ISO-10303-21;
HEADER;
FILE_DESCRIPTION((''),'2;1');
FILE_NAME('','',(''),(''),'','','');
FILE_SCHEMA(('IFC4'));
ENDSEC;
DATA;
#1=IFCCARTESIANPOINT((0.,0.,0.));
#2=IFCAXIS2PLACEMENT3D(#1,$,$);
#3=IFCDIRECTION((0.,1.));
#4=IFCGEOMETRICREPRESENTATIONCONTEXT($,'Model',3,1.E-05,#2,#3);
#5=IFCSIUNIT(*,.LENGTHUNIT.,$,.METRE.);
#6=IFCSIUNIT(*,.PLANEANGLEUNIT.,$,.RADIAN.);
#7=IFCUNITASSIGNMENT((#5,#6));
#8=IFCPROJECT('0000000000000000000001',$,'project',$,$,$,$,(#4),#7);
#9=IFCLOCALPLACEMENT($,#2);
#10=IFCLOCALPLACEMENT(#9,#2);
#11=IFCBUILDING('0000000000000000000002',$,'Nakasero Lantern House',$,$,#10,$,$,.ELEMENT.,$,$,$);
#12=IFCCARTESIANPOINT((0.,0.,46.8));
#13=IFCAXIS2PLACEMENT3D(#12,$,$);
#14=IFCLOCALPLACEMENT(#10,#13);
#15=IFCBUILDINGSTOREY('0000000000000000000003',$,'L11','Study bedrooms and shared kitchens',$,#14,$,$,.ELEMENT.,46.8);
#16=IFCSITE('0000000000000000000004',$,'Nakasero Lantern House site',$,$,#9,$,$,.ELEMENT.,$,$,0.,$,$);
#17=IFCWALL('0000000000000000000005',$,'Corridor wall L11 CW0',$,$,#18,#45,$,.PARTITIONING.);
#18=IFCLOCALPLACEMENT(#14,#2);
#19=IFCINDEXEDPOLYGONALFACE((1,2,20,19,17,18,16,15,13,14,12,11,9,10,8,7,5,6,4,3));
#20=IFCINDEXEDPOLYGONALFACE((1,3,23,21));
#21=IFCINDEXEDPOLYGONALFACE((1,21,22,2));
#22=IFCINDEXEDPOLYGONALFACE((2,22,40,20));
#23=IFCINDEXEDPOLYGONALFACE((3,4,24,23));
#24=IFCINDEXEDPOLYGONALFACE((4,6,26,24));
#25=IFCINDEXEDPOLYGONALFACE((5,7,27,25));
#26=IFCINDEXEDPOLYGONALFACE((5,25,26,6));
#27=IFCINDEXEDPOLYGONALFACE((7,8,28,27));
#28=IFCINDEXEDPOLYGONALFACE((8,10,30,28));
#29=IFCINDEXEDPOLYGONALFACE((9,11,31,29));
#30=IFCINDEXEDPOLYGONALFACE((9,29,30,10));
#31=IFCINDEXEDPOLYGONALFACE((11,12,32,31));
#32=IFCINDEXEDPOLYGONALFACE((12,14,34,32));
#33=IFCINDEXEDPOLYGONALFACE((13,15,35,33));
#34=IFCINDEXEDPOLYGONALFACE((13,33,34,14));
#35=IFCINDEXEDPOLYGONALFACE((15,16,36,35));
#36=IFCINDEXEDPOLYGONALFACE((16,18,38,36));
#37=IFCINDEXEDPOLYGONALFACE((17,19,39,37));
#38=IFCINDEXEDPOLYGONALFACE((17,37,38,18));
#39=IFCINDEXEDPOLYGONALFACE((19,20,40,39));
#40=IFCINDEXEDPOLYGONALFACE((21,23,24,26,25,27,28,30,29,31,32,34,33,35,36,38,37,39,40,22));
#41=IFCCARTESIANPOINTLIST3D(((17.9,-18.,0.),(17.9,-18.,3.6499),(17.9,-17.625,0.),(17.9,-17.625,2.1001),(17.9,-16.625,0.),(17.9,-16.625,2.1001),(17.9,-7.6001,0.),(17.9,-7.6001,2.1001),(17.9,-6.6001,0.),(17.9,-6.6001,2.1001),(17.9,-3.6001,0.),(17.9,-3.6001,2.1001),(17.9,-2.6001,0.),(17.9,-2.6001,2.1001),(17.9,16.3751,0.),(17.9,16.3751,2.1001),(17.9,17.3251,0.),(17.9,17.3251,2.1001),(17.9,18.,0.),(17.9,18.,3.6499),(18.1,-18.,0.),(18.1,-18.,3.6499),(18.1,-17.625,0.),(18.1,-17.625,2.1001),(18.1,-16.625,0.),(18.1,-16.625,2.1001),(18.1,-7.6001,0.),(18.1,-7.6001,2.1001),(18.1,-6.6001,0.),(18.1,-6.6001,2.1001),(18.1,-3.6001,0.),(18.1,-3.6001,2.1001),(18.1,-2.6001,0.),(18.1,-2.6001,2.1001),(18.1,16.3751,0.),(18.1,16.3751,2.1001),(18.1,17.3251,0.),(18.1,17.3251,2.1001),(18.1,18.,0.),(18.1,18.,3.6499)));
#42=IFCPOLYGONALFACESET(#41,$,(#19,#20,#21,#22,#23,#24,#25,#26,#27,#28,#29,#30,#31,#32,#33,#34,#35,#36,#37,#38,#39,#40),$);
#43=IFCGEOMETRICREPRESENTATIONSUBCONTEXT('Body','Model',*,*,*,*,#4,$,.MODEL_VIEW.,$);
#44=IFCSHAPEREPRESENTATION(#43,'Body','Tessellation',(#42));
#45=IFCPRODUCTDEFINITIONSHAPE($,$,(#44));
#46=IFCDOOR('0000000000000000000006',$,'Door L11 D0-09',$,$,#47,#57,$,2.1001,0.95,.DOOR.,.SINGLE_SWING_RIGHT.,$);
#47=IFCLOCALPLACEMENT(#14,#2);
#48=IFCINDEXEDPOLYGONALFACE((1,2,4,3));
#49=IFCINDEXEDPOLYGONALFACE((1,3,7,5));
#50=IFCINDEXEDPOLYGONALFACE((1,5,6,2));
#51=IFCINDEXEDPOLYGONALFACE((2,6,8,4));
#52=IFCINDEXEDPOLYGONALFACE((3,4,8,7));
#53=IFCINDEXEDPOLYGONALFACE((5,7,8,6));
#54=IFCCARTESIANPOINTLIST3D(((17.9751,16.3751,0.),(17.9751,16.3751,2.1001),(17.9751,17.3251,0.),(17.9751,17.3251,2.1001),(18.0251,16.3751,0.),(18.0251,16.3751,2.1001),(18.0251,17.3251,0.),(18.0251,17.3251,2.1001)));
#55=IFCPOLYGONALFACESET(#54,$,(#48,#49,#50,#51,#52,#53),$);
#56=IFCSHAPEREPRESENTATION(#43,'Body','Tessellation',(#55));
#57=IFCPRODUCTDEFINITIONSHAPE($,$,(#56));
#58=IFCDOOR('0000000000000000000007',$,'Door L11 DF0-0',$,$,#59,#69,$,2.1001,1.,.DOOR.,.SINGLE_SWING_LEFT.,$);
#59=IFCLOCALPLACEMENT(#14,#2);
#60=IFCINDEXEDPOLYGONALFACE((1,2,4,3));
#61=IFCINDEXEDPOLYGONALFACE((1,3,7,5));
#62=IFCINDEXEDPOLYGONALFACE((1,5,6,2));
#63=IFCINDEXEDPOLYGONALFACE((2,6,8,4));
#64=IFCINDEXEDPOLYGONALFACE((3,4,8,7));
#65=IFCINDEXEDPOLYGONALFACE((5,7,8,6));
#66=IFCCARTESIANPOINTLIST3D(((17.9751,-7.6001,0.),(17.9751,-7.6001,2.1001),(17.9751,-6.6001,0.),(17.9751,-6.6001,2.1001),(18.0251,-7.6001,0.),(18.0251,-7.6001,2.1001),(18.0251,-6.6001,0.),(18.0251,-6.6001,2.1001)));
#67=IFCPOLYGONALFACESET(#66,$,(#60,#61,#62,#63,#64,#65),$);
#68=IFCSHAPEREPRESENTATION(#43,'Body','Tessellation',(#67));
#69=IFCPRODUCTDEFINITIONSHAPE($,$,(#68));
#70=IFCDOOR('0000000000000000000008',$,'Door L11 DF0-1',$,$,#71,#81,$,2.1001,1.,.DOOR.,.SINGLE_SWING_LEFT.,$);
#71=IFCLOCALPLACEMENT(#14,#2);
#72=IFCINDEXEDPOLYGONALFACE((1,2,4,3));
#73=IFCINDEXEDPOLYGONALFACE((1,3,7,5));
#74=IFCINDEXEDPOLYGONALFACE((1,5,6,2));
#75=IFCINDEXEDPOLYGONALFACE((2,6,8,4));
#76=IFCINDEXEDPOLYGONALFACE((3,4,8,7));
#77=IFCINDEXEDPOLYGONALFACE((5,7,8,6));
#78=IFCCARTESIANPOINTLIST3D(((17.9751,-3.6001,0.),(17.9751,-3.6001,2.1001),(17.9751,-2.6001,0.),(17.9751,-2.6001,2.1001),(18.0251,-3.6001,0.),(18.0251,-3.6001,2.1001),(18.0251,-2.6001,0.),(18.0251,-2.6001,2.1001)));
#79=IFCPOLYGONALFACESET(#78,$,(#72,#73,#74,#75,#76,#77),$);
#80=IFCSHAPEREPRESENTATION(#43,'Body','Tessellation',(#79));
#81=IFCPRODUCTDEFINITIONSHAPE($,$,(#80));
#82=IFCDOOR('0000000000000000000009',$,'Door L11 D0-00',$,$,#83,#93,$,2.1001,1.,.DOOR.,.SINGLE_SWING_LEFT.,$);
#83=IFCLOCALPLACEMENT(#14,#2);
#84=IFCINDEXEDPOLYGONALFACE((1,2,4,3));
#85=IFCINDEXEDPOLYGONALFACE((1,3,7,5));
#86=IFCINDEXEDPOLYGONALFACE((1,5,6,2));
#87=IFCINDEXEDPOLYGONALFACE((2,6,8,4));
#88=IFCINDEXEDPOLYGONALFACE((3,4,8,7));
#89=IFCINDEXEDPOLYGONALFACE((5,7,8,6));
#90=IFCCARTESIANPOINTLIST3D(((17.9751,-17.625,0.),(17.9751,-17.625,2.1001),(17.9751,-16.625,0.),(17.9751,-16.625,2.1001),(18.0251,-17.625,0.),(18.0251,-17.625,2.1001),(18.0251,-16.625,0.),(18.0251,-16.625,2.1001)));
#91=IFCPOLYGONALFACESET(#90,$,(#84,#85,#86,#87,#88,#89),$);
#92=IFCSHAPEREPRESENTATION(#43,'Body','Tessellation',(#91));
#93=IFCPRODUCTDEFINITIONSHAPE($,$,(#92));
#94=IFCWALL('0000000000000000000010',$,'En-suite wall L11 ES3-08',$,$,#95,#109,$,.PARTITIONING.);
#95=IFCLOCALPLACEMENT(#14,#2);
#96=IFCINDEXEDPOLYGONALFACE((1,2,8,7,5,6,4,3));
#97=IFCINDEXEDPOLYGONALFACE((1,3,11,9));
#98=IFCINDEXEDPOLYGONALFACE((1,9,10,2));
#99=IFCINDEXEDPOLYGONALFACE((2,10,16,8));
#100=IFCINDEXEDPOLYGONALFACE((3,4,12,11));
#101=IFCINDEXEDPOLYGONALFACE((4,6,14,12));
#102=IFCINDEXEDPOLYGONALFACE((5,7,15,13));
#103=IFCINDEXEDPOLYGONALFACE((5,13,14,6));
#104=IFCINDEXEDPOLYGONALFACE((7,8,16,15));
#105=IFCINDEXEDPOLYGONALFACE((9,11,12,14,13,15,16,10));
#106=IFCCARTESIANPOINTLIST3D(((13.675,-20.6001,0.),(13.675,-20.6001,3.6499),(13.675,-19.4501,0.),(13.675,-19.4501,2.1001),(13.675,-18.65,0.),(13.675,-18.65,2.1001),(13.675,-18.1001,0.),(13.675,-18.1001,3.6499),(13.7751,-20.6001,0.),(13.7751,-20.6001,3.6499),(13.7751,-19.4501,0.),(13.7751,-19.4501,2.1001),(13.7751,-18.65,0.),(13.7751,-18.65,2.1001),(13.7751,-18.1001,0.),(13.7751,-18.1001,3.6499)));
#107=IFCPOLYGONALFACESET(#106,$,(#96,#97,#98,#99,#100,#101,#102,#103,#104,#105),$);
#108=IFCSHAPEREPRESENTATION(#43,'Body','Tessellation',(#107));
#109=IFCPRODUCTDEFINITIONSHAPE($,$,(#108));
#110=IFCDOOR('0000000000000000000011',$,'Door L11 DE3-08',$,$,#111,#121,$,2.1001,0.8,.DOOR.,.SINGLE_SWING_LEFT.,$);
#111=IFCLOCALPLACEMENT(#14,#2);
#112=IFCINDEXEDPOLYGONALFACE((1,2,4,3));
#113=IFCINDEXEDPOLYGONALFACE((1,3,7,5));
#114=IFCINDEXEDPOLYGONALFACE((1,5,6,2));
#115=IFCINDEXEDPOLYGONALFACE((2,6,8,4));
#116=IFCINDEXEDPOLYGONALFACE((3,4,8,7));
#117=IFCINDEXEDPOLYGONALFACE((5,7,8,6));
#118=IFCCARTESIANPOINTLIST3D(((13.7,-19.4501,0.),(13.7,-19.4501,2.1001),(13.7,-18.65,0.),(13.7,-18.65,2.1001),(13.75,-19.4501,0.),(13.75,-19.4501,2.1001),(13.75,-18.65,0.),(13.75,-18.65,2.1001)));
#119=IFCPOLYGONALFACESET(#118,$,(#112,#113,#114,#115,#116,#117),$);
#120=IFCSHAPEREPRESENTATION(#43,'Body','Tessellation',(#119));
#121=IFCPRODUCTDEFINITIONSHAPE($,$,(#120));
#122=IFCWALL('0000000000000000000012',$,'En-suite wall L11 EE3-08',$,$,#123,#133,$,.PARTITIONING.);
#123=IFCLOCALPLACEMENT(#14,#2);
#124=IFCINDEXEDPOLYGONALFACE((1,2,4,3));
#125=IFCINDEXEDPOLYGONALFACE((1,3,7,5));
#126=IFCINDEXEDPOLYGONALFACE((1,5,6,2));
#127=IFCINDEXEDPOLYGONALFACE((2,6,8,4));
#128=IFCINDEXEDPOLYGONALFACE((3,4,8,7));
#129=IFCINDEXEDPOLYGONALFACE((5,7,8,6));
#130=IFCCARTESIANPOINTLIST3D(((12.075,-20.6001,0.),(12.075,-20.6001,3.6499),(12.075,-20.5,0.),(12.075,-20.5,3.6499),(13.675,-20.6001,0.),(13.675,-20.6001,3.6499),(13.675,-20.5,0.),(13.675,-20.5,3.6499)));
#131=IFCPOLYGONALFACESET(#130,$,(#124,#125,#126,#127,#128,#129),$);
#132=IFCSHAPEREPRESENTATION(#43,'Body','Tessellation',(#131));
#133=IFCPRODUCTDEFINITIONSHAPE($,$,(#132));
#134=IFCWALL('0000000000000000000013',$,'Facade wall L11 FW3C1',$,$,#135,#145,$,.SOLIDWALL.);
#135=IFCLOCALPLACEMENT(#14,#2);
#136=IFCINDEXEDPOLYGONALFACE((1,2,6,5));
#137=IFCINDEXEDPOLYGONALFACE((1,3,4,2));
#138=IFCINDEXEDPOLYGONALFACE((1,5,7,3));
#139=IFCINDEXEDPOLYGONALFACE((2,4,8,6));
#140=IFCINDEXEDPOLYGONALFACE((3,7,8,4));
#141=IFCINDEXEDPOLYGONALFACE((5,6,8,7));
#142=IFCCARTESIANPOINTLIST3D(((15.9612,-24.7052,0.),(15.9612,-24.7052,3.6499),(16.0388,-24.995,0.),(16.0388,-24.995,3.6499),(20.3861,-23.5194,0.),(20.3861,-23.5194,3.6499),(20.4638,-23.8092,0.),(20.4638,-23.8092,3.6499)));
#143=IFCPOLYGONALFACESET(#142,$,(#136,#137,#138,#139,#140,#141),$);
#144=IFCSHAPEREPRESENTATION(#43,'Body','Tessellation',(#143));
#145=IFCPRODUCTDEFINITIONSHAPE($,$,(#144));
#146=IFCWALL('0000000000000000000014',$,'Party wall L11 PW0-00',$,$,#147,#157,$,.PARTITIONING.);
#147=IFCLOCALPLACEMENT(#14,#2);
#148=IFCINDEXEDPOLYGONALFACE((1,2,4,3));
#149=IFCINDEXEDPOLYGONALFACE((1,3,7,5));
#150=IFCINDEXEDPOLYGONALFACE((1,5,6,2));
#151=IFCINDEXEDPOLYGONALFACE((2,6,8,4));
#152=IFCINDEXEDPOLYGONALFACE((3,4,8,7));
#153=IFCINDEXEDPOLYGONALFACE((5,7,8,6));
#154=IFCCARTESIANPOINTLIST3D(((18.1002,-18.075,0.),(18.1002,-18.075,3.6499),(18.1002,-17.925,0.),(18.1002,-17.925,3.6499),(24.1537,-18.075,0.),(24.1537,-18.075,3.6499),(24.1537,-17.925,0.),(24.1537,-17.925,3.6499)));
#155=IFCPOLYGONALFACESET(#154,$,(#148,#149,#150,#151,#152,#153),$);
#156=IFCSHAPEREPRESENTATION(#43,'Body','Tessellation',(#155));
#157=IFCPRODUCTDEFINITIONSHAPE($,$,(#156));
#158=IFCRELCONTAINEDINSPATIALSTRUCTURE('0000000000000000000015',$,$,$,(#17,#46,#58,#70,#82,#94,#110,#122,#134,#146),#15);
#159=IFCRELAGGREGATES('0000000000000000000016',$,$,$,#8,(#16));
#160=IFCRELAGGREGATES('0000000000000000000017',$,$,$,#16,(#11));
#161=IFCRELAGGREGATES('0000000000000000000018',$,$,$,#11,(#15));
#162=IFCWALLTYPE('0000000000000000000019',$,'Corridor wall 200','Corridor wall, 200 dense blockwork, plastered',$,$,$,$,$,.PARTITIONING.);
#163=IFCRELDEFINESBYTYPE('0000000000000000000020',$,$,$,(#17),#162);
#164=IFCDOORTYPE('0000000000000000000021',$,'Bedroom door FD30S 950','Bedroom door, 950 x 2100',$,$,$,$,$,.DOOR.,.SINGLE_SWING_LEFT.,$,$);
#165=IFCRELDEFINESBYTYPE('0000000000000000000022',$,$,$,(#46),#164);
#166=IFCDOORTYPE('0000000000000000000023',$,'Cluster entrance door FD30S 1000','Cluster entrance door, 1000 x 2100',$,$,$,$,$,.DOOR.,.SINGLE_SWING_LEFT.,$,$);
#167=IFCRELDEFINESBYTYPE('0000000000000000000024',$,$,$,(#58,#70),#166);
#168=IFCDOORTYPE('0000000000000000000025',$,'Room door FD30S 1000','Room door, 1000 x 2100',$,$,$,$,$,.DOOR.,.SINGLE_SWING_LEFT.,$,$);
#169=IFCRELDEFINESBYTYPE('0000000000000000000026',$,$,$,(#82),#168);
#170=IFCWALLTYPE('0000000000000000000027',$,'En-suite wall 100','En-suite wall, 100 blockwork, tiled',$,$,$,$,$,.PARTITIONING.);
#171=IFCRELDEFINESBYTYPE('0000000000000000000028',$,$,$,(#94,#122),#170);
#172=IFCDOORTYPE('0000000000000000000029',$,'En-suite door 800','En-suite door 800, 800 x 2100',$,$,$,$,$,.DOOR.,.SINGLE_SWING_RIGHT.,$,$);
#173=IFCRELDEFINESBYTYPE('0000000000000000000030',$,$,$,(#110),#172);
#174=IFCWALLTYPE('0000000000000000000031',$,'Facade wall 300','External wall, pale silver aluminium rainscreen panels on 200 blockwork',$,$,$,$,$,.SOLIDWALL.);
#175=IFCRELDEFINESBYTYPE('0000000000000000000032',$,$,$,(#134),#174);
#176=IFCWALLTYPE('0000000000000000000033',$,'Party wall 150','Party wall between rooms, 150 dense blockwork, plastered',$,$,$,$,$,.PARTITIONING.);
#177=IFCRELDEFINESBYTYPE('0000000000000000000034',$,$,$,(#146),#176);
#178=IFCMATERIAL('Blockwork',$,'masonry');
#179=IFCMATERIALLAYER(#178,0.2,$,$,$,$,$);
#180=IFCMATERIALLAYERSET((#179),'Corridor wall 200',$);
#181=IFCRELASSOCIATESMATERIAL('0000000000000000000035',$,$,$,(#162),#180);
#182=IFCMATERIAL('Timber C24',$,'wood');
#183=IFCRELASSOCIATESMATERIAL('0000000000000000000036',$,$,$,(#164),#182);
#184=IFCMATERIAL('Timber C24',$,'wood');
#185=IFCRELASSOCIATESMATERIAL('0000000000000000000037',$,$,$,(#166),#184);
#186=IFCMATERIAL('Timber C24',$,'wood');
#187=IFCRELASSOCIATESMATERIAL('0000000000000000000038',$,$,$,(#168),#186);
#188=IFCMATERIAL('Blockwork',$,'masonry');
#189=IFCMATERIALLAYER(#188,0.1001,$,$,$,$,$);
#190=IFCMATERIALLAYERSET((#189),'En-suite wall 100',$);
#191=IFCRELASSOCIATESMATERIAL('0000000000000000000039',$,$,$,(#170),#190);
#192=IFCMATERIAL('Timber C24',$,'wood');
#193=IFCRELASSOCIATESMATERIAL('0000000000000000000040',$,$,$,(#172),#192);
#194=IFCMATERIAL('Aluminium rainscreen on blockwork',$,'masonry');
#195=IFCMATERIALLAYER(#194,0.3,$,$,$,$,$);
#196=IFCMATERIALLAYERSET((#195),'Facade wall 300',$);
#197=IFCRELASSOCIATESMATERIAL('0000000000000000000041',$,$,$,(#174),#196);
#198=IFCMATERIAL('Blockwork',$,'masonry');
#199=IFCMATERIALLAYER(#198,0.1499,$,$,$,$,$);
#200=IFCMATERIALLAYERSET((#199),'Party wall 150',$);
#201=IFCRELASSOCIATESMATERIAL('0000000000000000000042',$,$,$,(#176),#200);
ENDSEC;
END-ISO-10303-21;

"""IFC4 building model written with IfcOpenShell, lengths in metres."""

from ifc_helpers import new_model, si_unit, direction, frame, frame_2d, origin, place, context, subcontext, project, spatial, rectangle, extrude, material, layer, layer_set, type_object, element, fill, save


model = new_model("IFC4")

# Units and contexts
model_context = context("Model", 3, precision=1e-05, world=origin(), true_north=direction((0.0, 1.0)))
body_context = subcontext(model_context, "Body", "Model", "MODEL_VIEW")
ifc_project = project(units=[si_unit("LENGTHUNIT", "METRE"), si_unit("PLANEANGLEUNIT", "RADIAN")], contexts=[model_context])

# Site, building, storey
site_placement = place(None, origin())
site = spatial("IfcSite", under=ifc_project, at=site_placement, Name="Nakasero Lantern House site", CompositionType="ELEMENT", RefElevation=0.0)
building_placement = place(site_placement, origin())
building = spatial("IfcBuilding", under=site, at=building_placement, Name="Nakasero Lantern House", CompositionType="ELEMENT")
storey_placement = place(building_placement, frame((0.0, 0.0, 46.8)))
storey = spatial("IfcBuildingStorey", under=building, at=storey_placement, Name="L11", Description="Study bedrooms and shared kitchens", CompositionType="ELEMENT", Elevation=46.8)

# Wall, openings, doors
ifc_material_1 = material(Name="Blockwork", Category="masonry")
ifc_layer_1 = layer(ifc_material_1, 0.2)
ifc_layer_set_1 = layer_set([ifc_layer_1], Name="Corridor wall 200")
wall_type_1 = type_object("IfcWallType", Name="Corridor wall 200", Description="Corridor wall, 200 dense blockwork, plastered", PredefinedType="PARTITIONING", material=ifc_layer_set_1)
wall_1_placement = place(storey_placement, frame((18.0, -18.0, 0.0), z_axis=(0.0, 0.0, 1.0), x_axis=(0.0, 1.0, 0.0)))
wall_1 = element("IfcWall", 1, at=wall_1_placement, inside=storey, type_object=wall_type_1, Name="Corridor wall L11 CW0", PredefinedType="PARTITIONING", context=body_context, shape_type="SweptSolid", body=[
    extrude(rectangle(XDim=36.0, YDim=0.2, at=frame_2d((18.0, 0.0))), origin(), (0.0, 0.0, 1.0), 3.6499),
])
opening_1_placement = place(wall_1_placement, frame((10.3999, 0.0, 0.0)))
opening_1 = element("IfcOpeningElement", 2, at=opening_1_placement, cuts=wall_1, PredefinedType="OPENING", context=body_context, shape_type="SweptSolid", body=[
    extrude(rectangle(XDim=1.0, YDim=2.1001, at=frame_2d((0.5, 1.05))), frame((0.0, 0.1199, 0.0), z_axis=(0.0, -1.0, 0.0), x_axis=(1.0, 0.0, 0.0)), (0.0, 0.0, 1.0), 0.24),
])
opening_2_placement = place(wall_1_placement, frame((14.3999, 0.0, 0.0)))
opening_2 = element("IfcOpeningElement", 3, at=opening_2_placement, cuts=wall_1, PredefinedType="OPENING", context=body_context, shape_type="SweptSolid", body=[
    extrude(rectangle(XDim=1.0, YDim=2.1001, at=frame_2d((0.5, 1.05))), frame((0.0, 0.1199, 0.0), z_axis=(0.0, -1.0, 0.0), x_axis=(1.0, 0.0, 0.0)), (0.0, 0.0, 1.0), 0.24),
])
opening_3_placement = place(wall_1_placement, frame((0.375, 0.0, 0.0)))
opening_3 = element("IfcOpeningElement", 4, at=opening_3_placement, cuts=wall_1, PredefinedType="OPENING", context=body_context, shape_type="SweptSolid", body=[
    extrude(rectangle(XDim=1.0, YDim=2.1001, at=frame_2d((0.5, 1.05))), frame((0.0, 0.1199, 0.0), z_axis=(0.0, -1.0, 0.0), x_axis=(1.0, 0.0, 0.0)), (0.0, 0.0, 1.0), 0.24),
])
opening_4_placement = place(wall_1_placement, frame((34.375, 0.0, 0.0)))
opening_4 = element("IfcOpeningElement", 5, at=opening_4_placement, cuts=wall_1, PredefinedType="OPENING", context=body_context, shape_type="SweptSolid", body=[
    extrude(rectangle(XDim=0.95, YDim=2.1001, at=frame_2d((0.4751, 1.05))), frame((0.0, 0.1199, 0.0), z_axis=(0.0, -1.0, 0.0), x_axis=(1.0, 0.0, 0.0)), (0.0, 0.0, 1.0), 0.24),
])
ifc_material_2 = material(Name="Timber C24", Category="wood")
door_type_1 = type_object("IfcDoorType", Name="Bedroom door FD30S 950", Description="Bedroom door, 950 x 2100", OperationType="SINGLE_SWING_LEFT", PredefinedType="DOOR", material=ifc_material_2)
door_1_placement = place(opening_4_placement, origin())
door_1 = element("IfcDoor", 6, at=door_1_placement, inside=storey, type_object=door_type_1, Name="Door L11 D0-09", OperationType="SINGLE_SWING_RIGHT", OverallHeight=2.1001, OverallWidth=0.95, PredefinedType="DOOR", context=body_context, shape_type="SweptSolid", body=[
    extrude(rectangle(XDim=0.95, YDim=2.1001, at=frame_2d((0.4751, 1.05))), frame((0.0, 0.0249, 0.0), z_axis=(0.0, -1.0, 0.0), x_axis=(1.0, 0.0, 0.0)), (0.0, 0.0, 1.0), 0.05),
])
fill(opening_4, door_1)
ifc_material_3 = material(Name="Timber C24", Category="wood")
door_type_2 = type_object("IfcDoorType", Name="Cluster entrance door FD30S 1000", Description="Cluster entrance door, 1000 x 2100", OperationType="SINGLE_SWING_LEFT", PredefinedType="DOOR", material=ifc_material_3)
door_2_placement = place(opening_1_placement, origin())
door_2 = element("IfcDoor", 7, at=door_2_placement, inside=storey, type_object=door_type_2, Name="Door L11 DF0-0", OperationType="SINGLE_SWING_LEFT", OverallHeight=2.1001, OverallWidth=1.0, PredefinedType="DOOR", context=body_context, shape_type="SweptSolid", body=[
    extrude(rectangle(XDim=1.0, YDim=2.1001, at=frame_2d((0.5, 1.05))), frame((0.0, 0.0249, 0.0), z_axis=(0.0, -1.0, 0.0), x_axis=(1.0, 0.0, 0.0)), (0.0, 0.0, 1.0), 0.05),
])
fill(opening_1, door_2)
door_3_placement = place(opening_2_placement, origin())
door_3 = element("IfcDoor", 8, at=door_3_placement, inside=storey, type_object=door_type_2, Name="Door L11 DF0-1", OperationType="SINGLE_SWING_LEFT", OverallHeight=2.1001, OverallWidth=1.0, PredefinedType="DOOR", context=body_context, shape_type="SweptSolid", body=[
    extrude(rectangle(XDim=1.0, YDim=2.1001, at=frame_2d((0.5, 1.05))), frame((0.0, 0.0249, 0.0), z_axis=(0.0, -1.0, 0.0), x_axis=(1.0, 0.0, 0.0)), (0.0, 0.0, 1.0), 0.05),
])
fill(opening_2, door_3)
ifc_material_4 = material(Name="Timber C24", Category="wood")
door_type_3 = type_object("IfcDoorType", Name="Room door FD30S 1000", Description="Room door, 1000 x 2100", OperationType="SINGLE_SWING_LEFT", PredefinedType="DOOR", material=ifc_material_4)
door_4_placement = place(opening_3_placement, origin())
door_4 = element("IfcDoor", 9, at=door_4_placement, inside=storey, type_object=door_type_3, Name="Door L11 D0-00", OperationType="SINGLE_SWING_LEFT", OverallHeight=2.1001, OverallWidth=1.0, PredefinedType="DOOR", context=body_context, shape_type="SweptSolid", body=[
    extrude(rectangle(XDim=1.0, YDim=2.1001, at=frame_2d((0.5, 1.05))), frame((0.0, 0.0249, 0.0), z_axis=(0.0, -1.0, 0.0), x_axis=(1.0, 0.0, 0.0)), (0.0, 0.0, 1.0), 0.05),
])
fill(opening_3, door_4)

# Wall, opening, door
ifc_material_5 = material(Name="Blockwork", Category="masonry")
ifc_layer_2 = layer(ifc_material_5, 0.1001)
ifc_layer_set_2 = layer_set([ifc_layer_2], Name="En-suite wall 100")
wall_type_2 = type_object("IfcWallType", Name="En-suite wall 100", Description="En-suite wall, 100 blockwork, tiled", PredefinedType="PARTITIONING", material=ifc_layer_set_2)
wall_2_placement = place(storey_placement, frame((13.7251, -18.1001, 0.0), z_axis=(0.0, 0.0, 1.0), x_axis=(0.0, -1.0, 0.0)))
wall_2 = element("IfcWall", 10, at=wall_2_placement, inside=storey, type_object=wall_type_2, Name="En-suite wall L11 ES3-08", PredefinedType="PARTITIONING", context=body_context, shape_type="SweptSolid", body=[
    extrude(rectangle(XDim=2.5, YDim=0.1001, at=frame_2d((1.25, 0.0))), origin(), (0.0, 0.0, 1.0), 3.6499),
])
opening_5_placement = place(wall_2_placement, frame((0.55, 0.0, 0.0)))
opening_5 = element("IfcOpeningElement", 11, at=opening_5_placement, cuts=wall_2, PredefinedType="OPENING", context=body_context, shape_type="SweptSolid", body=[
    extrude(rectangle(XDim=0.8, YDim=2.1001, at=frame_2d((0.3999, 1.05))), frame((0.0, 0.0701, 0.0), z_axis=(0.0, -1.0, 0.0), x_axis=(1.0, 0.0, 0.0)), (0.0, 0.0, 1.0), 0.1401),
])
ifc_material_6 = material(Name="Timber C24", Category="wood")
door_type_4 = type_object("IfcDoorType", Name="En-suite door 800", Description="En-suite door 800, 800 x 2100", OperationType="SINGLE_SWING_RIGHT", PredefinedType="DOOR", material=ifc_material_6)
door_5_placement = place(opening_5_placement, origin())
door_5 = element("IfcDoor", 12, at=door_5_placement, inside=storey, type_object=door_type_4, Name="Door L11 DE3-08", OperationType="SINGLE_SWING_LEFT", OverallHeight=2.1001, OverallWidth=0.8, PredefinedType="DOOR", context=body_context, shape_type="SweptSolid", body=[
    extrude(rectangle(XDim=0.8, YDim=2.1001, at=frame_2d((0.3999, 1.05))), frame((0.0, 0.0249, 0.0), z_axis=(0.0, -1.0, 0.0), x_axis=(1.0, 0.0, 0.0)), (0.0, 0.0, 1.0), 0.05),
])
fill(opening_5, door_5)

# Walls
wall_3_placement = place(storey_placement, frame((12.075, -20.55, 0.0), z_axis=(0.0, 0.0, 1.0), x_axis=(1.0, 0.0, 0.0)))
element("IfcWall", 13, at=wall_3_placement, inside=storey, type_object=wall_type_2, Name="En-suite wall L11 EE3-08", PredefinedType="PARTITIONING", context=body_context, shape_type="SweptSolid", body=[
    extrude(rectangle(XDim=1.6001, YDim=0.1001, at=frame_2d((0.8, 0.0))), origin(), (0.0, 0.0, 1.0), 3.6499),
])
ifc_material_7 = material(Name="Aluminium rainscreen on blockwork", Category="masonry")
ifc_layer_3 = layer(ifc_material_7, 0.3)
ifc_layer_set_3 = layer_set([ifc_layer_3], Name="Facade wall 300")
wall_type_3 = type_object("IfcWallType", Name="Facade wall 300", Description="External wall, pale silver aluminium rainscreen panels on 200 blockwork", PredefinedType="SOLIDWALL", material=ifc_layer_set_3)
wall_4_placement = place(storey_placement, frame((16.0, -24.8501, 0.0), z_axis=(0.0, 0.0, 1.0), x_axis=(0.96592, 0.25884, 0.0)))
element("IfcWall", 14, at=wall_4_placement, inside=storey, type_object=wall_type_3, Name="Facade wall L11 FW3C1", PredefinedType="SOLIDWALL", context=body_context, shape_type="SweptSolid", body=[
    extrude(rectangle(XDim=4.5811, YDim=0.3, at=frame_2d((2.2905, 0.0))), origin(), (0.0, 0.0, 1.0), 3.6499),
])
ifc_material_8 = material(Name="Blockwork", Category="masonry")
ifc_layer_4 = layer(ifc_material_8, 0.1499)
ifc_layer_set_4 = layer_set([ifc_layer_4], Name="Party wall 150")
wall_type_4 = type_object("IfcWallType", Name="Party wall 150", Description="Party wall between rooms, 150 dense blockwork, plastered", PredefinedType="PARTITIONING", material=ifc_layer_set_4)
wall_5_placement = place(storey_placement, frame((18.1001, -18.0, 0.0), z_axis=(0.0, 0.0, 1.0), x_axis=(1.0, 0.0, 0.0)))
element("IfcWall", 15, at=wall_5_placement, inside=storey, type_object=wall_type_4, Name="Party wall L11 PW0-00", PredefinedType="PARTITIONING", context=body_context, shape_type="SweptSolid", body=[
    extrude(rectangle(XDim=6.0535, YDim=0.1499, at=frame_2d((3.0269, 0.0))), origin(), (0.0, 0.0, 1.0), 3.6499),
])

save(model, "model.ifc")
